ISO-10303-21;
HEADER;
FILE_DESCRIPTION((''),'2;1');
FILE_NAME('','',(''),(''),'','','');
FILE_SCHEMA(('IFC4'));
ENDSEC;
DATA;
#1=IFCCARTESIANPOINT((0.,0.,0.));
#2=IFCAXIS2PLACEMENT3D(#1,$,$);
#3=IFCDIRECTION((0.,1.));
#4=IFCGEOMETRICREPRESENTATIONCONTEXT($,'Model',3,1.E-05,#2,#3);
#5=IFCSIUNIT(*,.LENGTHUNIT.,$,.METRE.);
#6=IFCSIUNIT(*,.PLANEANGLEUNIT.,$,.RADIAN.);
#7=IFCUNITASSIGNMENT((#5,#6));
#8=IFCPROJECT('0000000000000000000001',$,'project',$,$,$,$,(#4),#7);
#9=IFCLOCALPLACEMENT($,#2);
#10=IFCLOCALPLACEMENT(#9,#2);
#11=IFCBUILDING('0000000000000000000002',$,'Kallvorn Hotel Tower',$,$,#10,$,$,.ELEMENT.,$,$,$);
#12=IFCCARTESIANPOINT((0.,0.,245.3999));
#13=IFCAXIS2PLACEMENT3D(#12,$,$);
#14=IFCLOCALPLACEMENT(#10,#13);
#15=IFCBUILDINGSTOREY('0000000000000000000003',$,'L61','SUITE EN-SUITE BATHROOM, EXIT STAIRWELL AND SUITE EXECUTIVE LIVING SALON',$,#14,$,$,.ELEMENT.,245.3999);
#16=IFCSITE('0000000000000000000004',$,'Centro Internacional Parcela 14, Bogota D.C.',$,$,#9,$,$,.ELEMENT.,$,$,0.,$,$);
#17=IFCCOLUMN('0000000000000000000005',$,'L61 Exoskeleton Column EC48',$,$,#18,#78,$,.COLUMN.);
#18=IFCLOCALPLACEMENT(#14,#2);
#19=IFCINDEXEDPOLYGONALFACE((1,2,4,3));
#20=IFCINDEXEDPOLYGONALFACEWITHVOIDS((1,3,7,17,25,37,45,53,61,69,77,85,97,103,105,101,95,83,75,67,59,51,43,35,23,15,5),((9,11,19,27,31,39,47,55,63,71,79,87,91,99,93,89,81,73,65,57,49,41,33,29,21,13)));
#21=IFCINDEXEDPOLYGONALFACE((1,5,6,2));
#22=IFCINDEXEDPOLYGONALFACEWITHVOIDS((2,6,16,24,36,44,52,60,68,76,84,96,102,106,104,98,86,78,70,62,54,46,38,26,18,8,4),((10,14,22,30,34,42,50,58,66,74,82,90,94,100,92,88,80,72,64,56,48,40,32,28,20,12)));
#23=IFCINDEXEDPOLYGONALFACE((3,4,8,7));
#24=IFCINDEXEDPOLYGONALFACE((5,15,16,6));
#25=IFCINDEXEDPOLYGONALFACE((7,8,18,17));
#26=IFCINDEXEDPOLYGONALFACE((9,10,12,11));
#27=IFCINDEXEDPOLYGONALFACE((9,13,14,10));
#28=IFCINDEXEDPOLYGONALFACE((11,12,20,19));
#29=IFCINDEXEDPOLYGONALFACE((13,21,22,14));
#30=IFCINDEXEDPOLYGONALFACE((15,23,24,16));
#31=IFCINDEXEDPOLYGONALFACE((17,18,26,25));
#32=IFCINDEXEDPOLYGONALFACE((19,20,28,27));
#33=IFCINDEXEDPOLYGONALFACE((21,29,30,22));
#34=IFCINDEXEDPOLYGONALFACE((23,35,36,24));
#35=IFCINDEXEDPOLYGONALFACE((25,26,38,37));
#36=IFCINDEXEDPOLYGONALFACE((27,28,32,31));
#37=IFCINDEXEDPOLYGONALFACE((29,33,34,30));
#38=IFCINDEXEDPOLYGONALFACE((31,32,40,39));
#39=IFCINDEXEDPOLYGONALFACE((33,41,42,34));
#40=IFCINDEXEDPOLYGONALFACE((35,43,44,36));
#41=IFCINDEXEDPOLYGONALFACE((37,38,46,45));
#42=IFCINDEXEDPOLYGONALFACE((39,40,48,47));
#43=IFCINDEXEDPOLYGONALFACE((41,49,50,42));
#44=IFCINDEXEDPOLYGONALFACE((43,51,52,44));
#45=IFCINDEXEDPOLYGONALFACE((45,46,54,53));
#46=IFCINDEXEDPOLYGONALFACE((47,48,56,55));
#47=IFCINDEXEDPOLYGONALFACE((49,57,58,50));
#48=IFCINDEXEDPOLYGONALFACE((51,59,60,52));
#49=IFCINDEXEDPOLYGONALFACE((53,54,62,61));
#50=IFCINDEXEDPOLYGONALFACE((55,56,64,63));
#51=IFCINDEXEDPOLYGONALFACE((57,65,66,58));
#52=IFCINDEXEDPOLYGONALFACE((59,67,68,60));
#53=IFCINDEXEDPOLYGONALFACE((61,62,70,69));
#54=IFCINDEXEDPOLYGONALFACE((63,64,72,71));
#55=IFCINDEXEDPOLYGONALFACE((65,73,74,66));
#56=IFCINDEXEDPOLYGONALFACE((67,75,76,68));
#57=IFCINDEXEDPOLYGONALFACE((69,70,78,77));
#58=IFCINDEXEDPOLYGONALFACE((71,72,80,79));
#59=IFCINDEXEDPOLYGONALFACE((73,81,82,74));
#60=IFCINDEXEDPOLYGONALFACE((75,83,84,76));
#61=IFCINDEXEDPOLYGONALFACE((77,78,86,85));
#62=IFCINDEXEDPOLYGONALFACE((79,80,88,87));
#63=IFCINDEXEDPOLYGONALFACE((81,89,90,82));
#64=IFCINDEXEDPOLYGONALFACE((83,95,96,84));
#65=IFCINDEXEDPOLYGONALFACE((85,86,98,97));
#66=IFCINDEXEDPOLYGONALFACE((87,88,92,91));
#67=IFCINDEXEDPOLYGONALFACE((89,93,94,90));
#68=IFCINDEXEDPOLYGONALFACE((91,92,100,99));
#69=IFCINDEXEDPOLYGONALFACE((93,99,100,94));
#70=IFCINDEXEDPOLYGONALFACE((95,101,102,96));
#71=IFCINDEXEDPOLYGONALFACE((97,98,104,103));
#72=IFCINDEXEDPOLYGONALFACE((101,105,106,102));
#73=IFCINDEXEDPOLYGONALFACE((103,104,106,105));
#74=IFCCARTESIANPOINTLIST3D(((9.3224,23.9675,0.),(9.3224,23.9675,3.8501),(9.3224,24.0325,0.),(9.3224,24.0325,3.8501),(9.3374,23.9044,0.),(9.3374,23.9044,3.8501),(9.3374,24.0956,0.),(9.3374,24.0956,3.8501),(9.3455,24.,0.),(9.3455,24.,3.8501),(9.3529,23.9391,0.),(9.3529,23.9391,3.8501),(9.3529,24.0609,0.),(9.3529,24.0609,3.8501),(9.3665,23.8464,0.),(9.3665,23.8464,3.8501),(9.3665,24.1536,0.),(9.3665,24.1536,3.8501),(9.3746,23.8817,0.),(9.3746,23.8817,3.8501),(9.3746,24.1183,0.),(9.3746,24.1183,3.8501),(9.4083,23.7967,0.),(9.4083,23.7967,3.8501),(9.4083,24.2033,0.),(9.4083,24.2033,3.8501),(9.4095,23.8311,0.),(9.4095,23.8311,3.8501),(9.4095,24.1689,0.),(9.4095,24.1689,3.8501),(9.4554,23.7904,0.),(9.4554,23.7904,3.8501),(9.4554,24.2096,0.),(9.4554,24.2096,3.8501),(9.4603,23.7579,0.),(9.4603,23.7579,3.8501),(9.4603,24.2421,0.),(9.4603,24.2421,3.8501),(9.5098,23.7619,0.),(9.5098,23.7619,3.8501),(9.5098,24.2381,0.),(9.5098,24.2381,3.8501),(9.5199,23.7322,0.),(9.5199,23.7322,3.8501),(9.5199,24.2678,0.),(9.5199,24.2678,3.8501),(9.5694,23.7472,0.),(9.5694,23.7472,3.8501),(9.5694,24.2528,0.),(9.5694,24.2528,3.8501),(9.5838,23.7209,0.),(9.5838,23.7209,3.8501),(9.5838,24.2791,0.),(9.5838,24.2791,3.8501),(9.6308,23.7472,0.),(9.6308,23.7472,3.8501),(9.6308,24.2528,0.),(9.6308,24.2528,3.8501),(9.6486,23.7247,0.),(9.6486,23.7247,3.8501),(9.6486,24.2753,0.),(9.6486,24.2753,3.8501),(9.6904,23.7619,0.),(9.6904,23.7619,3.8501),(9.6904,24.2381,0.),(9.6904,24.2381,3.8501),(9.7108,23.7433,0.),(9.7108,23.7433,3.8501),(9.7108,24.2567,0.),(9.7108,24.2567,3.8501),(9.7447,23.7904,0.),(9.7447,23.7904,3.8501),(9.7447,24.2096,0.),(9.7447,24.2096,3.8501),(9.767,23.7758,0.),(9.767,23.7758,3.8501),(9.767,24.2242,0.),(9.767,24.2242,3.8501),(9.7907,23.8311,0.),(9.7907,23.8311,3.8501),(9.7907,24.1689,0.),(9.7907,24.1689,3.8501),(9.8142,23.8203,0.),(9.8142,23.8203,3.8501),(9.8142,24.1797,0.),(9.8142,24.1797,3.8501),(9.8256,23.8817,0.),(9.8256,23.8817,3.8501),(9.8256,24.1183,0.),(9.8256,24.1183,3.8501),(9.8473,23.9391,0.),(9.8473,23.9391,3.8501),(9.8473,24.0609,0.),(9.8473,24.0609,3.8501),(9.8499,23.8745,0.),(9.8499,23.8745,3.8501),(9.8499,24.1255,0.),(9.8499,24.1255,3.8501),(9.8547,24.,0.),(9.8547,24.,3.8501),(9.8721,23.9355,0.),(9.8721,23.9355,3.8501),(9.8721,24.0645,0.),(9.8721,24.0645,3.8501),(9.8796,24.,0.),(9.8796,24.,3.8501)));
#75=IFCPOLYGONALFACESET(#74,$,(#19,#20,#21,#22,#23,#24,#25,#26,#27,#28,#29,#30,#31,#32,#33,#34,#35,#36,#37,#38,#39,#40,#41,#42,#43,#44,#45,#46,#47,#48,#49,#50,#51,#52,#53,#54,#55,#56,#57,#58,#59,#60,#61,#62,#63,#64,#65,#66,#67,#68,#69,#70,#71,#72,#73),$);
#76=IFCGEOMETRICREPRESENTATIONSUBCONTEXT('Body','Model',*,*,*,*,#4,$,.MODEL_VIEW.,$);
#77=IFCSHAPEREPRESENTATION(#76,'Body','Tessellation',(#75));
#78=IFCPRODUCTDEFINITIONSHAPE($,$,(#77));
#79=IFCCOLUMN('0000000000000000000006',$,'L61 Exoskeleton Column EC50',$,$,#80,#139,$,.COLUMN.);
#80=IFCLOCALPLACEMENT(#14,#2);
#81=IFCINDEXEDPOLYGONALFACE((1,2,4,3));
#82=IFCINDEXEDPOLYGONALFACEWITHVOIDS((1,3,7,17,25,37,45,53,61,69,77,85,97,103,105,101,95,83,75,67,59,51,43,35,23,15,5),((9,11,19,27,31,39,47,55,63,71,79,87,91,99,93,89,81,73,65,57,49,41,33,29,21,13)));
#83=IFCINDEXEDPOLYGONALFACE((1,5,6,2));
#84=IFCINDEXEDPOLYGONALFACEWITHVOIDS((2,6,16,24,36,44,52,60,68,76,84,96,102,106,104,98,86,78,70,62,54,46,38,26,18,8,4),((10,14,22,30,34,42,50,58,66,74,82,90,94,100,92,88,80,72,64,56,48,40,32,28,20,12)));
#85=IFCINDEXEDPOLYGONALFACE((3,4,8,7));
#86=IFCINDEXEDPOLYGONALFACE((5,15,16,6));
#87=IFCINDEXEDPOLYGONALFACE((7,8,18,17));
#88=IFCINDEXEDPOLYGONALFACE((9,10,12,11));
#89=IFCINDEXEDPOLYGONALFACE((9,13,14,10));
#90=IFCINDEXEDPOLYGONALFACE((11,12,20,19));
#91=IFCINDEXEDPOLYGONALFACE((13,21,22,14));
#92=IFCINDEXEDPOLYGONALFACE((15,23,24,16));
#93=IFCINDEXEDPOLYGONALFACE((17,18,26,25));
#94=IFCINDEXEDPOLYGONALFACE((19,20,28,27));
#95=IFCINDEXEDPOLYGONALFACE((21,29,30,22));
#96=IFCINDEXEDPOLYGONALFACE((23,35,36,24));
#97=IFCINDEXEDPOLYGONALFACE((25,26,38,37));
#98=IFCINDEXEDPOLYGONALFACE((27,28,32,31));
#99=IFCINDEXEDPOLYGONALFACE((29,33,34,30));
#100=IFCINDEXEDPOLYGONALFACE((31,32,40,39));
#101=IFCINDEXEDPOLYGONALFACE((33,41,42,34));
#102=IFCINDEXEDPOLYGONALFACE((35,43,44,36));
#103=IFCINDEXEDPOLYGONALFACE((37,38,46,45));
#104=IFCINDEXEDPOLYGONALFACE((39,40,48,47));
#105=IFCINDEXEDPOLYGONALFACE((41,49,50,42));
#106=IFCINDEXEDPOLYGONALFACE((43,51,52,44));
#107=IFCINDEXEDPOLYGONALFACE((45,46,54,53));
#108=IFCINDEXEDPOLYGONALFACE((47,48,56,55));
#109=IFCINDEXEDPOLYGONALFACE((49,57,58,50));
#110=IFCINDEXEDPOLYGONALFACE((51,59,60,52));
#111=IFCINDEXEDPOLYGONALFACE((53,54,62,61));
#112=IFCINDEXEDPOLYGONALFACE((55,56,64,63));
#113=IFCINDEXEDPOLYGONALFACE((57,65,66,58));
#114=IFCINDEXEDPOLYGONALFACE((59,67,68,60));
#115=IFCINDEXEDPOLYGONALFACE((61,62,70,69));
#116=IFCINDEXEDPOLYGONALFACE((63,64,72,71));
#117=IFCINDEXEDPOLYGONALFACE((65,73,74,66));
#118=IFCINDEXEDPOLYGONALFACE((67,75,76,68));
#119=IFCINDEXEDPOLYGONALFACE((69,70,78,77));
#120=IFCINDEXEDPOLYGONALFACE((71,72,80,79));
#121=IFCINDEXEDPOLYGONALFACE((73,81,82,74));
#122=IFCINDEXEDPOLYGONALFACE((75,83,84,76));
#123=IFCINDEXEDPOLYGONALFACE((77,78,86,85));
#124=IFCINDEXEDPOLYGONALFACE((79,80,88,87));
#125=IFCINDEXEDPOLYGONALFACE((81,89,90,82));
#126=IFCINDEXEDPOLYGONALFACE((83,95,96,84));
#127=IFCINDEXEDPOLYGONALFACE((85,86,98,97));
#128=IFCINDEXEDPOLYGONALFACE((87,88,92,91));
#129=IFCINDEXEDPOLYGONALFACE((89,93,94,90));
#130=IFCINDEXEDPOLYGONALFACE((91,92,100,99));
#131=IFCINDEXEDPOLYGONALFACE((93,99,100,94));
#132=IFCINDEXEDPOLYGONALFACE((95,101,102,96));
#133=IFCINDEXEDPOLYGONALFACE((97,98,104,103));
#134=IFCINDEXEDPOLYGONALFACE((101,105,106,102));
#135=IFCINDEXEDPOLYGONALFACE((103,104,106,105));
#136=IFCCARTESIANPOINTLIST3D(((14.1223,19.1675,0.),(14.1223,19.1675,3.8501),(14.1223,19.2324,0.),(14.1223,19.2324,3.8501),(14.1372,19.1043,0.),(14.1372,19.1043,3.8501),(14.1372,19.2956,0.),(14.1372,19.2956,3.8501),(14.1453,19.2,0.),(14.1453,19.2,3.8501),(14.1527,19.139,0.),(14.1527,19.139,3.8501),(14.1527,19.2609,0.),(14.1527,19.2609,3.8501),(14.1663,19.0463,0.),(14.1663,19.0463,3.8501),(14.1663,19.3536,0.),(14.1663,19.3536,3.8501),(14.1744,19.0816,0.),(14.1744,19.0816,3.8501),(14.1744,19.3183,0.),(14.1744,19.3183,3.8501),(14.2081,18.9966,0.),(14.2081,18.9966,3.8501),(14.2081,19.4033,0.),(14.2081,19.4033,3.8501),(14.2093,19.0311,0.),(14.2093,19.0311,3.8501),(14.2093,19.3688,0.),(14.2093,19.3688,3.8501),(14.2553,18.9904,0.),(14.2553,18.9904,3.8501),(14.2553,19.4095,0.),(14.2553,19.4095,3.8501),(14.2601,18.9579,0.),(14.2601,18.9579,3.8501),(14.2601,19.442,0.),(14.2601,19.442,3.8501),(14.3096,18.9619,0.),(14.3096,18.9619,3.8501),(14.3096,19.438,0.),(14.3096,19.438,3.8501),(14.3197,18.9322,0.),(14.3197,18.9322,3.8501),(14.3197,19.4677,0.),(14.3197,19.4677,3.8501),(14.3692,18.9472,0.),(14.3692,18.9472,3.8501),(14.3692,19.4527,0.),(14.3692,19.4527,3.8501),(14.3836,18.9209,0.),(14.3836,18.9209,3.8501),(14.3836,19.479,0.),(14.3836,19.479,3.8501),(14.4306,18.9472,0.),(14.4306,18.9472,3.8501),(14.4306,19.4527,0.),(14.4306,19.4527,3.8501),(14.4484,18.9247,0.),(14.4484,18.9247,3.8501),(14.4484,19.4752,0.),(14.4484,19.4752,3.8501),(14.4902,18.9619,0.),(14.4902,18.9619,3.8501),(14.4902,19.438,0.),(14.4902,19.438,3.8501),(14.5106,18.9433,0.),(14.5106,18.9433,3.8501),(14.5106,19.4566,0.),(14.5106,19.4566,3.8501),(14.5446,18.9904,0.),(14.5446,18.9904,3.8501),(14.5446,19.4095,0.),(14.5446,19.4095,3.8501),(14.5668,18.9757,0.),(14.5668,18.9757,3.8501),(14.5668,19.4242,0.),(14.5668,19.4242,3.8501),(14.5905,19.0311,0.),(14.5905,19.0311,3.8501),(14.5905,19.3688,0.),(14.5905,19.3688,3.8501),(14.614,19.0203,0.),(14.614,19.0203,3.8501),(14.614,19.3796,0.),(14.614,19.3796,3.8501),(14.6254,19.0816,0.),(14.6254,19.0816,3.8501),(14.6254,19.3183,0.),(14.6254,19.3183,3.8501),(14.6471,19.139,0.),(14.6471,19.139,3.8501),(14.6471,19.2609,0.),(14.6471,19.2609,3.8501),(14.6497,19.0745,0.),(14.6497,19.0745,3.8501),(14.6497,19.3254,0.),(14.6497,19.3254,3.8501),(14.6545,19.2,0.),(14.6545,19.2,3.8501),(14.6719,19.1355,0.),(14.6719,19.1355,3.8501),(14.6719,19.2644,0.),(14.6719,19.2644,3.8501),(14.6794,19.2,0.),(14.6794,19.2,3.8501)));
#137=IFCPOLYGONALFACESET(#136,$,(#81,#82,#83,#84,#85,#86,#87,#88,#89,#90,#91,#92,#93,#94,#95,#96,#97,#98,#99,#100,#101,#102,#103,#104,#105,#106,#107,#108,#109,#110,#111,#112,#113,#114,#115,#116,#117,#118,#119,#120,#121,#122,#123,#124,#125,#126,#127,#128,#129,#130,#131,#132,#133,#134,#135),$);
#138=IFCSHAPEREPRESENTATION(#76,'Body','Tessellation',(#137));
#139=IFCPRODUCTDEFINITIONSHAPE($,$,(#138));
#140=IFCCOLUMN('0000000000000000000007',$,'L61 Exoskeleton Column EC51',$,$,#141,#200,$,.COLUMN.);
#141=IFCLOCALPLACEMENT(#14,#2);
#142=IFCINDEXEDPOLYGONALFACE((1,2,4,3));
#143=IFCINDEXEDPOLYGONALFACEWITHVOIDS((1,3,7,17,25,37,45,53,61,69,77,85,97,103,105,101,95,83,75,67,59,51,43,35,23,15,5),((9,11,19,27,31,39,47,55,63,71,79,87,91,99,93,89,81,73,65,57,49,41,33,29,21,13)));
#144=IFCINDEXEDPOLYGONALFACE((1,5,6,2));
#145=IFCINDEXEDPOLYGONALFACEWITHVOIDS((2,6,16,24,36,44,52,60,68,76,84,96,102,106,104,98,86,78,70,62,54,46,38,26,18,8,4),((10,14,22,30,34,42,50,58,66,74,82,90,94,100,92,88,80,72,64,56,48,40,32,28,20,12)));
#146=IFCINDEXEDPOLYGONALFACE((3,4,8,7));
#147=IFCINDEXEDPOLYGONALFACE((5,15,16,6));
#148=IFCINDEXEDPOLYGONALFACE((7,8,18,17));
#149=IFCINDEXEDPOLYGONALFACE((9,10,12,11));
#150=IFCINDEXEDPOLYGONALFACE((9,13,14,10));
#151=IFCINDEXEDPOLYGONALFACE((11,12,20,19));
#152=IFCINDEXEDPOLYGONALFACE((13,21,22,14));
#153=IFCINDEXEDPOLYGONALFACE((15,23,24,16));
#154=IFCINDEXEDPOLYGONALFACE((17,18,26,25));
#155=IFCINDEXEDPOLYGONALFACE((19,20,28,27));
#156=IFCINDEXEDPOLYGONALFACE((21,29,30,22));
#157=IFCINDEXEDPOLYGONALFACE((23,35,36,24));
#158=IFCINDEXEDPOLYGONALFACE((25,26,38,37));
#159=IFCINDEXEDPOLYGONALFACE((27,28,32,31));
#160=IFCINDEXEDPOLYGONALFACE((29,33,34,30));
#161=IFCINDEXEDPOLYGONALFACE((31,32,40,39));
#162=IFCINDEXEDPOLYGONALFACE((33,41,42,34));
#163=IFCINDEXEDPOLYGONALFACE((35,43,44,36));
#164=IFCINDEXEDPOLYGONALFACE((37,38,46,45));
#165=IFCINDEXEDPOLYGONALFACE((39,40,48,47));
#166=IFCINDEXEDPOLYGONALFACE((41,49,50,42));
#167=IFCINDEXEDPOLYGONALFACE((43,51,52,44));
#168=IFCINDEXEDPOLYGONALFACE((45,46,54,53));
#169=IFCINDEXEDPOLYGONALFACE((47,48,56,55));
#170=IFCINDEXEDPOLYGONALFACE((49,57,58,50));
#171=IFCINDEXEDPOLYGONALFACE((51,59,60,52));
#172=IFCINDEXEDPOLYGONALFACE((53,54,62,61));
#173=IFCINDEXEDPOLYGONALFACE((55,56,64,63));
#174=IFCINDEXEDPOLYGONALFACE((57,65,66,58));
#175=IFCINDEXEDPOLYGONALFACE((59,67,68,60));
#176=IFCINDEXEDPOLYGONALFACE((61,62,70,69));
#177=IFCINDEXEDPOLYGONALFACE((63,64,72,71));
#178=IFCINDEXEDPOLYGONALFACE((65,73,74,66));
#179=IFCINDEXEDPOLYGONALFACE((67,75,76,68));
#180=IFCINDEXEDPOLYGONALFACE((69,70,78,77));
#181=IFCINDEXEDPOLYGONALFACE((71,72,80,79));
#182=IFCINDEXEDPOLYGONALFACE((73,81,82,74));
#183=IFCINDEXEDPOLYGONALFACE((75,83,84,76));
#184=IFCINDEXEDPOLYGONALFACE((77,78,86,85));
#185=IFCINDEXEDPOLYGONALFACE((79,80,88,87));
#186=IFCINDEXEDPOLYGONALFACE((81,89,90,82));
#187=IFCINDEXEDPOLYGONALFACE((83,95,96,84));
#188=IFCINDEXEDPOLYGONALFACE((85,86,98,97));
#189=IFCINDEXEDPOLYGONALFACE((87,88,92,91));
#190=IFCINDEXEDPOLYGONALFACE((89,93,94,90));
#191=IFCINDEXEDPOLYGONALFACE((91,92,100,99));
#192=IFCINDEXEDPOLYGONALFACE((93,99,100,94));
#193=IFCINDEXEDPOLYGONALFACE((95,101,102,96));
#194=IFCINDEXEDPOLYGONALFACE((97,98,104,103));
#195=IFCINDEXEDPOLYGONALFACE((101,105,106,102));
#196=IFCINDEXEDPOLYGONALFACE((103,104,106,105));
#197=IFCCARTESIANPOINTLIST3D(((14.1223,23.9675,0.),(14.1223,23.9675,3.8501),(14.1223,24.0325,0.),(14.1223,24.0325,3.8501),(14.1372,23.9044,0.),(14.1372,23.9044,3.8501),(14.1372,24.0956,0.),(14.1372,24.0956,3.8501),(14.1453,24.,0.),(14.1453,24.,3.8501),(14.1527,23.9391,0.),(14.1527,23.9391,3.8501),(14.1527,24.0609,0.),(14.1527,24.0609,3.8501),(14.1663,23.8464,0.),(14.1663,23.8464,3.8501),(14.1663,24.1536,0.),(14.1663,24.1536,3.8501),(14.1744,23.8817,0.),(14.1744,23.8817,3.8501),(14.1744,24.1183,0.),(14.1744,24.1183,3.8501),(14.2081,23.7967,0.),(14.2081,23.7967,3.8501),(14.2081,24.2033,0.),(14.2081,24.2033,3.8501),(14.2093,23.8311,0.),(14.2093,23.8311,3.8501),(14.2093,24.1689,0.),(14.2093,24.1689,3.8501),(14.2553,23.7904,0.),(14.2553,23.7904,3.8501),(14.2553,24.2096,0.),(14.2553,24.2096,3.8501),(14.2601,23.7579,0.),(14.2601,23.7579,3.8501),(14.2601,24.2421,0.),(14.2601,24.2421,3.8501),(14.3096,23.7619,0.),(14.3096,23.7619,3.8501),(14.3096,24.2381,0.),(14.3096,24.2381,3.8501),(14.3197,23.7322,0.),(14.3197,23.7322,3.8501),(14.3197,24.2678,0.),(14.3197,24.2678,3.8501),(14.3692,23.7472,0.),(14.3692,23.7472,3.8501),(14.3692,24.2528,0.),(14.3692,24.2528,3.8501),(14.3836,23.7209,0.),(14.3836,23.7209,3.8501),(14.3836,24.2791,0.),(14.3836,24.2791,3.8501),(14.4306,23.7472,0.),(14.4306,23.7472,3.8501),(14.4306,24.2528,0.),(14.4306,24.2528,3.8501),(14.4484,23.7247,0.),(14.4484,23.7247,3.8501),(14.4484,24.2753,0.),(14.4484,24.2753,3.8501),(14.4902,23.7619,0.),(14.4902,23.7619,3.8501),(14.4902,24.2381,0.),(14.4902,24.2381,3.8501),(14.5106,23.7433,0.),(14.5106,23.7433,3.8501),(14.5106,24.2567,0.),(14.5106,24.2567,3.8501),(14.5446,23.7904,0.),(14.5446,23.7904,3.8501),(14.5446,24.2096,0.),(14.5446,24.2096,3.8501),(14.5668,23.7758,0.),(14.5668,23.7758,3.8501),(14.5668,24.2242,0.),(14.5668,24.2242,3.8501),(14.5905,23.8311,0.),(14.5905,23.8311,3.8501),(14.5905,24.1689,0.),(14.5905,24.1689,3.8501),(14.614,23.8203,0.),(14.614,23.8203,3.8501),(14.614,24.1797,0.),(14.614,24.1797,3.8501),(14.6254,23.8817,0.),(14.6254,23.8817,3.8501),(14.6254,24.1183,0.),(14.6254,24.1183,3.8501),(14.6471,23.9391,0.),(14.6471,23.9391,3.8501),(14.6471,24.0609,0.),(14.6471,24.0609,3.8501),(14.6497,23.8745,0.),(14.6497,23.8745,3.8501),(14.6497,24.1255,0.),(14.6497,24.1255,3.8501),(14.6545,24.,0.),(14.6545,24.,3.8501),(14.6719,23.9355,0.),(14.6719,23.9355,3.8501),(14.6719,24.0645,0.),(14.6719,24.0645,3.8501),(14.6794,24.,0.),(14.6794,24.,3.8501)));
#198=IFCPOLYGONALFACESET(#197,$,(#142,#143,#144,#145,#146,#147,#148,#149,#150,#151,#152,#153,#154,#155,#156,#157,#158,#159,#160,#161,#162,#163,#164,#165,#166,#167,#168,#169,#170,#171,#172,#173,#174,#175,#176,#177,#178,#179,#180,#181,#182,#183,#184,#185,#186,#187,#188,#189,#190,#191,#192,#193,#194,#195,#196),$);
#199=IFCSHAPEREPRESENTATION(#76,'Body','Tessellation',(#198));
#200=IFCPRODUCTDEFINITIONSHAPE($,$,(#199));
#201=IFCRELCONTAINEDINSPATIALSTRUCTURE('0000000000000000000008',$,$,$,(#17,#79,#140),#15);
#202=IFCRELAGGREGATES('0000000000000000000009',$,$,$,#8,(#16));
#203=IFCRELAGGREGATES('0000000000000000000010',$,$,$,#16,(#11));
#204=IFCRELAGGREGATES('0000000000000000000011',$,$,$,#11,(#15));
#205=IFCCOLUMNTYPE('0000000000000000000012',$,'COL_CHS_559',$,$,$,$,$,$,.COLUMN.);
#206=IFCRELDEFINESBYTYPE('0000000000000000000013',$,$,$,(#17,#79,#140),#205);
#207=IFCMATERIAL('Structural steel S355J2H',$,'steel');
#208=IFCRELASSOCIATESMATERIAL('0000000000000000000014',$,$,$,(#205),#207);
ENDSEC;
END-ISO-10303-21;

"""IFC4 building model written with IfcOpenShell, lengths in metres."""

from ifc_helpers import new_model, si_unit, direction, frame, origin, origin_2d, place, context, subcontext, project, spatial, hollow_circle, extrude, material, material_profile, profile_set, type_object, element, save


model = new_model("IFC4")

# Units and contexts
model_context = context("Model", 3, precision=1e-05, world=origin(), true_north=direction((0.0, 1.0)))
body_context = subcontext(model_context, "Body", "Model", "MODEL_VIEW")
ifc_project = project(units=[si_unit("LENGTHUNIT", "METRE"), si_unit("PLANEANGLEUNIT", "RADIAN")], contexts=[model_context])

# Site, building, storey
site_placement = place(None, origin())
site = spatial("IfcSite", under=ifc_project, at=site_placement, Name="Centro Internacional Parcela 14, Bogota D.C.", CompositionType="ELEMENT", RefElevation=0.0)
building_placement = place(site_placement, origin())
building = spatial("IfcBuilding", under=site, at=building_placement, Name="Kallvorn Hotel Tower", CompositionType="ELEMENT")
storey_placement = place(building_placement, frame((0.0, 0.0, 245.3999)))
storey = spatial("IfcBuildingStorey", under=building, at=storey_placement, Name="L61", Description="SUITE EN-SUITE BATHROOM, EXIT STAIRWELL AND SUITE EXECUTIVE LIVING SALON", CompositionType="ELEMENT", Elevation=245.3999)

# Columns
ifc_material_1 = material(Name="Structural steel S355J2H", Category="steel")
ifc_material_profile_1 = material_profile(ifc_material_1, hollow_circle(Radius=0.2795, WallThickness=0.0249, at=origin_2d()), Name="CHS 559x25")
ifc_profile_set_1 = profile_set([ifc_material_profile_1], Name="Structural steel S355J2H")
column_type_1 = type_object("IfcColumnType", Name="COL_CHS_559", PredefinedType="COLUMN", material=ifc_profile_set_1)
for number, where, z_axis, x_axis, name in (
    (1, (9.6001, 24.0, 0.0), (0.0, 0.0, 1.0), (1.0, 0.0, 0.0), "L61 Exoskeleton Column EC48"),
    (2, (14.3999, 19.2, 0.0), (0.0, 0.0, 1.0), (1.0, 0.0, 0.0), "L61 Exoskeleton Column EC50"),
    (3, (14.3999, 24.0, 0.0), (0.0, 0.0, 1.0), (1.0, 0.0, 0.0), "L61 Exoskeleton Column EC51"),
):
    element("IfcColumn", number, at=place(storey_placement, frame(where, z_axis=z_axis, x_axis=x_axis)), inside=storey, type_object=column_type_1, Name=name, PredefinedType="COLUMN", context=body_context, shape_type="SweptSolid", body=[
        extrude(hollow_circle(Radius=0.2795, WallThickness=0.0249, at=origin_2d()), origin(), (0.0, 0.0, 1.0), 3.8501),
    ])

save(model, "model.ifc")
